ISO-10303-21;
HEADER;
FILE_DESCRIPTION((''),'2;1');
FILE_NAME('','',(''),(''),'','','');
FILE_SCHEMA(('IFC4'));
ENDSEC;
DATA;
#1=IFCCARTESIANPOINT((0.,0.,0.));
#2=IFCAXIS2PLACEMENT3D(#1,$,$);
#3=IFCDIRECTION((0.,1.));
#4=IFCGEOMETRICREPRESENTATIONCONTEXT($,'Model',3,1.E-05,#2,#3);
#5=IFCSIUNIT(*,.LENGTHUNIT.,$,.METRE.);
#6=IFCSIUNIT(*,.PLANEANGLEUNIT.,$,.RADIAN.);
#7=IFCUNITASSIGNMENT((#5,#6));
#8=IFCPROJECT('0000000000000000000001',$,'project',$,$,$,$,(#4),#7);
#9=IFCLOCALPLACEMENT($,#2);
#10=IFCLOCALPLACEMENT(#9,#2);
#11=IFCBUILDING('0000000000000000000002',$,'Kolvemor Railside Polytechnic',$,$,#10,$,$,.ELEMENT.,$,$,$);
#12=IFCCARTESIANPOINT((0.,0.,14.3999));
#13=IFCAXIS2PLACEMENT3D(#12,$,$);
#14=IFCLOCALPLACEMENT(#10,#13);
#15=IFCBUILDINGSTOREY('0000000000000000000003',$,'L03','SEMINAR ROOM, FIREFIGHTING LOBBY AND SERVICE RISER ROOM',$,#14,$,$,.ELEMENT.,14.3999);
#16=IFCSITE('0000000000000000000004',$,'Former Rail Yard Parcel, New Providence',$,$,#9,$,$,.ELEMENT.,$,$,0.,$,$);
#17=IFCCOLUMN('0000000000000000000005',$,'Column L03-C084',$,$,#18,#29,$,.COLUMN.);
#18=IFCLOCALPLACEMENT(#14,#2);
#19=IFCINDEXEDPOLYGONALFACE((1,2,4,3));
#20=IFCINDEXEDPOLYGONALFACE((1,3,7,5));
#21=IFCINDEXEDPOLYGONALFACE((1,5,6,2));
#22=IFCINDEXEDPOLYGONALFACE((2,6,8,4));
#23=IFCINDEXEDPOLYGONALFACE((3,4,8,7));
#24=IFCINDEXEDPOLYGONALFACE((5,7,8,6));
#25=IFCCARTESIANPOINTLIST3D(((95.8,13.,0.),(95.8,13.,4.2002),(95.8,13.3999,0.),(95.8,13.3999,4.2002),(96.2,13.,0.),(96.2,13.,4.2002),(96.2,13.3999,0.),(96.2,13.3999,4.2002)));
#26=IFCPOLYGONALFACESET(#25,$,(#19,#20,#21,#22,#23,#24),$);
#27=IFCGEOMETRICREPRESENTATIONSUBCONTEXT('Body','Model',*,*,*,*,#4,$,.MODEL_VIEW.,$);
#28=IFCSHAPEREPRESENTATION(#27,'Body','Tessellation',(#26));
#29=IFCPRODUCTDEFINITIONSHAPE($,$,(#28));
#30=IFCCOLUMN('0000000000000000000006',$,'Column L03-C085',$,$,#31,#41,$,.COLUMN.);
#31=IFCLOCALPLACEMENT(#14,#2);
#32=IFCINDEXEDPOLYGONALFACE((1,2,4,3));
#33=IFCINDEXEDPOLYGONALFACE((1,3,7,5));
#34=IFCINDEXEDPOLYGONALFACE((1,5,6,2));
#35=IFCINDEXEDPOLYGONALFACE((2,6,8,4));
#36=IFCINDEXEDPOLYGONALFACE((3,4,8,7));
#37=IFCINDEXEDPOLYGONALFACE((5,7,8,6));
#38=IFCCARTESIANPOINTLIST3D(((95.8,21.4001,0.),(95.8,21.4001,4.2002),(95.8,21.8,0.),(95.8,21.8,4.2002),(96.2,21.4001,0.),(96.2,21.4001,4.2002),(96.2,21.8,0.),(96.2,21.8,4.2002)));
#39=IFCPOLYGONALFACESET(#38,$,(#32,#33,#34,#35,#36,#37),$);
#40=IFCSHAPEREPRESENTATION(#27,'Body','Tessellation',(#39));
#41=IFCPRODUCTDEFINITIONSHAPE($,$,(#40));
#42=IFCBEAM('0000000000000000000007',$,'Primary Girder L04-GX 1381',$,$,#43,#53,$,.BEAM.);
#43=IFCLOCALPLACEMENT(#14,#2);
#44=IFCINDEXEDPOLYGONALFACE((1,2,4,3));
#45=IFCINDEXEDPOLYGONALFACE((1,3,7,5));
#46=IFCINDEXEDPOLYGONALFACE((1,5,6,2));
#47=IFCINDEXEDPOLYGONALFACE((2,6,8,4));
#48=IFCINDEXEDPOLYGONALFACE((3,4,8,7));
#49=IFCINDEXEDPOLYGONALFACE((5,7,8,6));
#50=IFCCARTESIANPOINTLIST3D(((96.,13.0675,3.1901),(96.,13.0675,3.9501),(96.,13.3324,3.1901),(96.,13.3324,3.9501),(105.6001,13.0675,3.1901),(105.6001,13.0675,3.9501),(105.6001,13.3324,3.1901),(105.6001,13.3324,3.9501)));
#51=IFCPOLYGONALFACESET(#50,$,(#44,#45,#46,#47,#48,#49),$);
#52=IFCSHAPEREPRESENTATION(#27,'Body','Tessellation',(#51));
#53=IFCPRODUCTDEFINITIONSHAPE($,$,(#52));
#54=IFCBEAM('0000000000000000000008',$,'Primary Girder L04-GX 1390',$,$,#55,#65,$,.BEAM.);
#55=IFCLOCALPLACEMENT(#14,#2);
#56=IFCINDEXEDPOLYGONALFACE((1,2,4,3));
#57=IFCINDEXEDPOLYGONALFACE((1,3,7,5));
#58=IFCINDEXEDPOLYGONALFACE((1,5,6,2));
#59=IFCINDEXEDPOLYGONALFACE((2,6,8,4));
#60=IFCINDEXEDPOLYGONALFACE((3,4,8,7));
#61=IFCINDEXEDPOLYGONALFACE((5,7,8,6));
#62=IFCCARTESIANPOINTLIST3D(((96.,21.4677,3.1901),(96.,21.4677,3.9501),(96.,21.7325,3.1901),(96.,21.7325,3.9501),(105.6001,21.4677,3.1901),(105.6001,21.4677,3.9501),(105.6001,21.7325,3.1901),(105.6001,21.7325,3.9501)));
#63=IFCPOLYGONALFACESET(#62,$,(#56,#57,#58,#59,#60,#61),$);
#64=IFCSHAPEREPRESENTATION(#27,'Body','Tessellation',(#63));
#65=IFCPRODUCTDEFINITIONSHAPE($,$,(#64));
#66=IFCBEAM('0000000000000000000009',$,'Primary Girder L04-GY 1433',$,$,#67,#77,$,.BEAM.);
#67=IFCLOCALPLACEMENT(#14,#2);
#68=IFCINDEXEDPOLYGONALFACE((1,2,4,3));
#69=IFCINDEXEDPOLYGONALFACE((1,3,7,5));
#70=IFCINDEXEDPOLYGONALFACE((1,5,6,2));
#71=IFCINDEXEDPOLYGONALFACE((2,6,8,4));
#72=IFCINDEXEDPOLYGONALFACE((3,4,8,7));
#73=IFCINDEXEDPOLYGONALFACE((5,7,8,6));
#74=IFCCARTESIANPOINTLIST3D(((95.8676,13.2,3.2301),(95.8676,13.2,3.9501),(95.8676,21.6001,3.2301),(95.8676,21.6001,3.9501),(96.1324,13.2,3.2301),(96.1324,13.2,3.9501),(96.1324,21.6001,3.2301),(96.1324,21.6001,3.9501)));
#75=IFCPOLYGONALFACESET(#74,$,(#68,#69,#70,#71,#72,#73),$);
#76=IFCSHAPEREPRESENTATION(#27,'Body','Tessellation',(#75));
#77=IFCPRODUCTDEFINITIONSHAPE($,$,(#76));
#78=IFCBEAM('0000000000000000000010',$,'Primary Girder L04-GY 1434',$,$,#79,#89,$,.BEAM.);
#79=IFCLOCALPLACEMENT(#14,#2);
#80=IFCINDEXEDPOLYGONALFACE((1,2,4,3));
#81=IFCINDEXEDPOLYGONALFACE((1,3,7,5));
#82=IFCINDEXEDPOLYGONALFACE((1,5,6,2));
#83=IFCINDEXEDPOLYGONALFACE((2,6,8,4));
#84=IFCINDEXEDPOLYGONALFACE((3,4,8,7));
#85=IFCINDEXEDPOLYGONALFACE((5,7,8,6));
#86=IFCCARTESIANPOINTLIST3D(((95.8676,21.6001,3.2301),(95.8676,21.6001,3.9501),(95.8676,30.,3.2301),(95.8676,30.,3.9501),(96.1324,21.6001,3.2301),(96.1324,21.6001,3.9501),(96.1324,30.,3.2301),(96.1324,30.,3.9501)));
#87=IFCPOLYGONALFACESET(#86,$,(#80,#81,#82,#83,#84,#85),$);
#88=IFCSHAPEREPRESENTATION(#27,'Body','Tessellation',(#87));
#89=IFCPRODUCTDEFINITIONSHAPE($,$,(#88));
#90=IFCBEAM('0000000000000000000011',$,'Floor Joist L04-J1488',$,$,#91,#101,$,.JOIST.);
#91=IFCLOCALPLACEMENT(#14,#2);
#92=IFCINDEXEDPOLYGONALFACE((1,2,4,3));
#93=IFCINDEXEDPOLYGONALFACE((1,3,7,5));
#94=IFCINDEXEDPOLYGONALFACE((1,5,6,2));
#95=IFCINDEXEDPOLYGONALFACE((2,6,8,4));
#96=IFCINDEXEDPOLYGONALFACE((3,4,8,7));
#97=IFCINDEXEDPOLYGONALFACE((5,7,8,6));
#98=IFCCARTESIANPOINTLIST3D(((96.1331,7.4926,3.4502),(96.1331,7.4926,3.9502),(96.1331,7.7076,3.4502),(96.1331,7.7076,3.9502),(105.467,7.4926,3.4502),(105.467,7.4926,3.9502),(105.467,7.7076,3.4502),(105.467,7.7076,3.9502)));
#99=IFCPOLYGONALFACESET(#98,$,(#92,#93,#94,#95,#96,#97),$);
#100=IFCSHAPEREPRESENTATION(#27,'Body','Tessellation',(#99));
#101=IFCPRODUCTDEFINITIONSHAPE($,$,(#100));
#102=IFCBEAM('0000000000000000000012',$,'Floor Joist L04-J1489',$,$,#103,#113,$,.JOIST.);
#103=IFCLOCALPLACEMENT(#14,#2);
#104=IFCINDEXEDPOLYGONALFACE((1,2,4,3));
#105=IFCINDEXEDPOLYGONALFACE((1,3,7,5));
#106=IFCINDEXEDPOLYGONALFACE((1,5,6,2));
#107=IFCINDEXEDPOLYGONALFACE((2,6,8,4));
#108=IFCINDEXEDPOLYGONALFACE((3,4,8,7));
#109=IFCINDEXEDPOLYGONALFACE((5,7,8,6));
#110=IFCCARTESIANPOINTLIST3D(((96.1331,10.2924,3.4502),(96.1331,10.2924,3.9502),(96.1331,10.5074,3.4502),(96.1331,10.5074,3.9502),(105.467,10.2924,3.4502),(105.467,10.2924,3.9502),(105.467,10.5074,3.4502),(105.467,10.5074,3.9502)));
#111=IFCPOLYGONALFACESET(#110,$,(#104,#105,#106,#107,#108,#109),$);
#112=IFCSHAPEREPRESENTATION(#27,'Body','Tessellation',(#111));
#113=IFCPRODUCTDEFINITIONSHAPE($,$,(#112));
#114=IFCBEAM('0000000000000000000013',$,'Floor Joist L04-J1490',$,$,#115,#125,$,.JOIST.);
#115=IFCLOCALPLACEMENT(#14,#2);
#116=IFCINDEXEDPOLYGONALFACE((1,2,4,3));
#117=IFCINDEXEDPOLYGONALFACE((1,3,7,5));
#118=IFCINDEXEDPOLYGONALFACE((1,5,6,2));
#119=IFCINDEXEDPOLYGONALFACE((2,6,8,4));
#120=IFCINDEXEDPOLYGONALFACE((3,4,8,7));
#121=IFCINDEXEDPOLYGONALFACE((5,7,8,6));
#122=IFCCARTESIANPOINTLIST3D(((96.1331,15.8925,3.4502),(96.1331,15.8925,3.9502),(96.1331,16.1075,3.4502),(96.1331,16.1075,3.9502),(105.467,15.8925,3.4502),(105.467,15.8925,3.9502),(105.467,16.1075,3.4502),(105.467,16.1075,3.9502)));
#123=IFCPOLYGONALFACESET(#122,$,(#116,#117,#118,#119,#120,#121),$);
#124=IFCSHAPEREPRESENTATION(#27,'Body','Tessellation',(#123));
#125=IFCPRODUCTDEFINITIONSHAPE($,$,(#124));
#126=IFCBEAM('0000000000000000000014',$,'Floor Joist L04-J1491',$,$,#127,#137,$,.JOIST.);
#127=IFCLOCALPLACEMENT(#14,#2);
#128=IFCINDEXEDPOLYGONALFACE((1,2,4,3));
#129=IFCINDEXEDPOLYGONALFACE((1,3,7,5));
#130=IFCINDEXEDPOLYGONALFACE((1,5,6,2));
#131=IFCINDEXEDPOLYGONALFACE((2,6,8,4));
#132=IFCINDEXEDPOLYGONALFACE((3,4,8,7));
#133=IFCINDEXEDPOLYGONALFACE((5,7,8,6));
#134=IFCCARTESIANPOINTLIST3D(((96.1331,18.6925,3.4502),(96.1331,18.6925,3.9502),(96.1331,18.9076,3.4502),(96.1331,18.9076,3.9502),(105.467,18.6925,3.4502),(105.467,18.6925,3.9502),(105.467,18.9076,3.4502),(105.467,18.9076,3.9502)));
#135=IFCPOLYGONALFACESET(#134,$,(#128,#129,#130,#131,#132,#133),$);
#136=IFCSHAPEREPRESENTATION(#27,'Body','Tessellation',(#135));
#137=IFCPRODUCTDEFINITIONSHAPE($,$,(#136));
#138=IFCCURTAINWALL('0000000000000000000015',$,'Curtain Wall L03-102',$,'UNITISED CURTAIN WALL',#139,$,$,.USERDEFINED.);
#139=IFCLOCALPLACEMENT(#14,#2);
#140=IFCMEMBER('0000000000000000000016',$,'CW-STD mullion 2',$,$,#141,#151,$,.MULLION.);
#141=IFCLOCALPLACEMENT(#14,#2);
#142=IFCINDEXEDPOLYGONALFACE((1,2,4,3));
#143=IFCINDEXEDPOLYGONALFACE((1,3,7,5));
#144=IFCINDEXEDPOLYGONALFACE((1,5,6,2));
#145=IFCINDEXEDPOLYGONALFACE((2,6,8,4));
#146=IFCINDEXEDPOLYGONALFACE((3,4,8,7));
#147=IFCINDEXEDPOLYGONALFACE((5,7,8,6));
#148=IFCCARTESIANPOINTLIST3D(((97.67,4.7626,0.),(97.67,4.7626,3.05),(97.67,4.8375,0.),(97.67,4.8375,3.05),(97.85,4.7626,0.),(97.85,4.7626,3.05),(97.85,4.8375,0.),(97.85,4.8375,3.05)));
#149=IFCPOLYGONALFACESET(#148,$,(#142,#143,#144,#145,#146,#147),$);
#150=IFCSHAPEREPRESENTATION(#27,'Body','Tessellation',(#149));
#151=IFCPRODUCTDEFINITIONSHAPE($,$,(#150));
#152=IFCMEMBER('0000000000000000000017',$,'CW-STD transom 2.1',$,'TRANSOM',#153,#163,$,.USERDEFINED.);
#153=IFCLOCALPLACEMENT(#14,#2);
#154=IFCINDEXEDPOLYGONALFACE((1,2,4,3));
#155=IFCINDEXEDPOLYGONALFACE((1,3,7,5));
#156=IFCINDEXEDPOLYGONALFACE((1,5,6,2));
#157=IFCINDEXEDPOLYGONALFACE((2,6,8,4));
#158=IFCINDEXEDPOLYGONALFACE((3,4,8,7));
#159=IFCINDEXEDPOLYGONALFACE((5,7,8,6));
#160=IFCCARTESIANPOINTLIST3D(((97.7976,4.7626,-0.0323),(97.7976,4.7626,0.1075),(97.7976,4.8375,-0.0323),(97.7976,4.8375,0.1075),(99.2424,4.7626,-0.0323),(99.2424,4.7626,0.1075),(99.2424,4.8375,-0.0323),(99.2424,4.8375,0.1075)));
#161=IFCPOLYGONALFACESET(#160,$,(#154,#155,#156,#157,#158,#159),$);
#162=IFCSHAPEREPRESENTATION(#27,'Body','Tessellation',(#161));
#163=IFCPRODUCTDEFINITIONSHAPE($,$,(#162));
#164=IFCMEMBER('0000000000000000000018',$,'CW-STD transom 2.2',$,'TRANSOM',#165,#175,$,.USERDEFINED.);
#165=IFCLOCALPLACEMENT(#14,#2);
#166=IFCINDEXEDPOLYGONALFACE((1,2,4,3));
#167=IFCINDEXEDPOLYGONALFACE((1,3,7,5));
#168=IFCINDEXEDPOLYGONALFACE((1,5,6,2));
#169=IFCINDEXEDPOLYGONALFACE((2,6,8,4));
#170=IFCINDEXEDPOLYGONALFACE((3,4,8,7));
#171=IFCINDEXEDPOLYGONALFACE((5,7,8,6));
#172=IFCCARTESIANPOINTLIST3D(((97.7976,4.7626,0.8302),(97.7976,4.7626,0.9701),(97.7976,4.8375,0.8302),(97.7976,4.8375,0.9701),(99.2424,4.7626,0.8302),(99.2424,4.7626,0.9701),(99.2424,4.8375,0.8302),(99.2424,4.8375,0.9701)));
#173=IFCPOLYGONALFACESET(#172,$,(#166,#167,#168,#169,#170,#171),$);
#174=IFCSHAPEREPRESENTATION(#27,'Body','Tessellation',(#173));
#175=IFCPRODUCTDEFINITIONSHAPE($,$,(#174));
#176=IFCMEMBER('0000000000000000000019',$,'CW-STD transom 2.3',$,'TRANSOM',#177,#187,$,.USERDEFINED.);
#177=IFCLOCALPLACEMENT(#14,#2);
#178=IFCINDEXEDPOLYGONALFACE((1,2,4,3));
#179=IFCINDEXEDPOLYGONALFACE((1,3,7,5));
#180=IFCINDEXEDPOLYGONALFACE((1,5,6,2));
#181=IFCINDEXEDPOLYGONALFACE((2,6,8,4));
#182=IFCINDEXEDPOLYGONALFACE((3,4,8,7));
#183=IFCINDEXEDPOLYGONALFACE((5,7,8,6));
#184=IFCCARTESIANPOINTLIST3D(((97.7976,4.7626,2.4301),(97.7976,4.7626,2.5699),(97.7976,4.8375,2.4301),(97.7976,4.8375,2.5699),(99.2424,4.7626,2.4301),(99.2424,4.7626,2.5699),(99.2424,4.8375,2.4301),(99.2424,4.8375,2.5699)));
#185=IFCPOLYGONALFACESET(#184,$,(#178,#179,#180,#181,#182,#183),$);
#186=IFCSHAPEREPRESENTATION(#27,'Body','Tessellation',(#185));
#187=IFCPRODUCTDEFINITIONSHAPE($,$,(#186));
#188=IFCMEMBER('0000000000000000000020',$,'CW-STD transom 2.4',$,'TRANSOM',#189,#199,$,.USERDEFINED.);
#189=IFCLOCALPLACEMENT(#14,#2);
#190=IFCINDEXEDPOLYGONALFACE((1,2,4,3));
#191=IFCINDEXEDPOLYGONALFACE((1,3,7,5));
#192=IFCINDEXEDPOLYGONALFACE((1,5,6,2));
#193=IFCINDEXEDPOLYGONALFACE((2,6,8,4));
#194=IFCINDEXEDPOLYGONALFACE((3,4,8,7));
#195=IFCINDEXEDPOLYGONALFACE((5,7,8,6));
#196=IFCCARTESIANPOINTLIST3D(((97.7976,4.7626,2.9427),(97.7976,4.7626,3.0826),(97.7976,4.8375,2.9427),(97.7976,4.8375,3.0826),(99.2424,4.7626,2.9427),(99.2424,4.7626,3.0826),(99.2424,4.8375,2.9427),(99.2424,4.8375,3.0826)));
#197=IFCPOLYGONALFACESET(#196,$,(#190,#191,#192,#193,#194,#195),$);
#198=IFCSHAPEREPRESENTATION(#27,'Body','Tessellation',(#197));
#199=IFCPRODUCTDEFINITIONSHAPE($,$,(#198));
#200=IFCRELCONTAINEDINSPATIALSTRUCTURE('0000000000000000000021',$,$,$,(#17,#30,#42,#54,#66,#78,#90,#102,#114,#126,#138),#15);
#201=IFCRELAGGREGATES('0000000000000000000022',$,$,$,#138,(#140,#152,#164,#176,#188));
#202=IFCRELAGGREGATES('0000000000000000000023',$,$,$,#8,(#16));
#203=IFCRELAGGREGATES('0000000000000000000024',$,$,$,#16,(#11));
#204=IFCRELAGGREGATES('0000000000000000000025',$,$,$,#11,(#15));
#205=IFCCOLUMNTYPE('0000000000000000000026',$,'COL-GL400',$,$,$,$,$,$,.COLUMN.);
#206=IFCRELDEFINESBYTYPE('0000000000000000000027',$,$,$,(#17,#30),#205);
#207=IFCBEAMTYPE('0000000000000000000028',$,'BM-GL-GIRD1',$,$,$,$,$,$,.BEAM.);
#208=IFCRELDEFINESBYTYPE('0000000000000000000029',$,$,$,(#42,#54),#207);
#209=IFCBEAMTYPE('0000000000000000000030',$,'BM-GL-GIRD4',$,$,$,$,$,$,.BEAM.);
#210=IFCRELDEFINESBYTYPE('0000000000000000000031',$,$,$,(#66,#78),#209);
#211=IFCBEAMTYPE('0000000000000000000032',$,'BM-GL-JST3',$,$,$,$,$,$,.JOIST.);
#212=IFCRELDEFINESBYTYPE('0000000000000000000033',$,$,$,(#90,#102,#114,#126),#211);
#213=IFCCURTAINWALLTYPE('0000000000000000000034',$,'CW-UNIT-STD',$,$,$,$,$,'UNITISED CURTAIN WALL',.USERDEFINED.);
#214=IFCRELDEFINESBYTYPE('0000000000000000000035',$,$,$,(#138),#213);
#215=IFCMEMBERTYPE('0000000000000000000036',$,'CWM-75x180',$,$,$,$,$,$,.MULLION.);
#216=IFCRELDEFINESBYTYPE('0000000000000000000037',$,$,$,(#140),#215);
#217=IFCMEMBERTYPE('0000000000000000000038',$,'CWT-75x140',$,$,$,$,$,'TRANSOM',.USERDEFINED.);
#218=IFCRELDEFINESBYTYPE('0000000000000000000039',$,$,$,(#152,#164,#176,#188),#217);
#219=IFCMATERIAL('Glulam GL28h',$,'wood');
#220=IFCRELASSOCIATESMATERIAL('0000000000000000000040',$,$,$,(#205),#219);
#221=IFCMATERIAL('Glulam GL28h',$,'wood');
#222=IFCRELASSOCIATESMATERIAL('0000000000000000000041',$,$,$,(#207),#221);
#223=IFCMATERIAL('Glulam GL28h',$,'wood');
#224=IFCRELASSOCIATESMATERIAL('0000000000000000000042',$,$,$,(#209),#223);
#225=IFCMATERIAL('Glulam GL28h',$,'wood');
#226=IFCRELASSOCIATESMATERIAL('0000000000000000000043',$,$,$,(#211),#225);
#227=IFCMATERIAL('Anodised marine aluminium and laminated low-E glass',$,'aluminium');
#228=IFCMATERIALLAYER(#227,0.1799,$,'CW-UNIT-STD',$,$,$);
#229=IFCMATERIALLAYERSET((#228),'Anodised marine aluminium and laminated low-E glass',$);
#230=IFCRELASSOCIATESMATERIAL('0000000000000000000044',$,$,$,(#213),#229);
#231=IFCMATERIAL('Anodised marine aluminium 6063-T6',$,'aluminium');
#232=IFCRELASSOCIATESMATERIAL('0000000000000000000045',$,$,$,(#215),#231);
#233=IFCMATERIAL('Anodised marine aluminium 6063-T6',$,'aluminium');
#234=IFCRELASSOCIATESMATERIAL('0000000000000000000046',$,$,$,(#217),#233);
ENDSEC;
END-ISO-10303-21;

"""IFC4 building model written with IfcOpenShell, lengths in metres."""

from ifc_helpers import new_model, si_unit, direction, frame, origin, origin_2d, place, context, subcontext, project, spatial, rectangle, extrude, material, layer, layer_set, material_profile, profile_set, type_object, element, aggregate, save


model = new_model("IFC4")

# Units and contexts
model_context = context("Model", 3, precision=1e-05, world=origin(), true_north=direction((0.0, 1.0)))
body_context = subcontext(model_context, "Body", "Model", "MODEL_VIEW")
ifc_project = project(units=[si_unit("LENGTHUNIT", "METRE"), si_unit("PLANEANGLEUNIT", "RADIAN")], contexts=[model_context])

# Site, building, storey
site_placement = place(None, origin())
site = spatial("IfcSite", under=ifc_project, at=site_placement, Name="Former Rail Yard Parcel, New Providence", CompositionType="ELEMENT", RefElevation=0.0)
building_placement = place(site_placement, origin())
building = spatial("IfcBuilding", under=site, at=building_placement, Name="Kolvemor Railside Polytechnic", CompositionType="ELEMENT")
storey_placement = place(building_placement, frame((0.0, 0.0, 14.3999)))
storey = spatial("IfcBuildingStorey", under=building, at=storey_placement, Name="L03", Description="SEMINAR ROOM, FIREFIGHTING LOBBY AND SERVICE RISER ROOM", CompositionType="ELEMENT", Elevation=14.3999)

# Columns
ifc_material_1 = material(Name="Glulam GL28h", Category="wood")
ifc_material_profile_1 = material_profile(ifc_material_1, rectangle(XDim=0.3999, YDim=0.3999, at=origin_2d()), Name="GL400x400")
ifc_profile_set_1 = profile_set([ifc_material_profile_1], Name="Glulam GL28h")
column_type = type_object("IfcColumnType", Name="COL-GL400", PredefinedType="COLUMN", material=ifc_profile_set_1)
for number, where, z_axis, x_axis, name in (
    (1, (96.0, 13.2, 0.0), (0.0, 0.0, 1.0), (1.0, 0.0, 0.0), "Column L03-C084"),
    (2, (96.0, 21.6001, 0.0), (0.0, 0.0, 1.0), (1.0, 0.0, 0.0), "Column L03-C085"),
):
    element("IfcColumn", number, at=place(storey_placement, frame(where, z_axis=z_axis, x_axis=x_axis)), inside=storey, type_object=column_type, Name=name, PredefinedType="COLUMN", context=body_context, shape_type="SweptSolid", body=[
        extrude(rectangle(XDim=0.3999, YDim=0.3999, at=origin_2d()), origin(), (0.0, 0.0, 1.0), 4.2002),
    ])

# Beams
ifc_material_2 = material(Name="Glulam GL28h", Category="wood")
ifc_material_profile_2 = material_profile(ifc_material_2, rectangle(XDim=0.2649, YDim=0.76, at=origin_2d()), Name="GL265x760")
ifc_profile_set_2 = profile_set([ifc_material_profile_2], Name="Glulam GL28h")
beam_type_1 = type_object("IfcBeamType", Name="BM-GL-GIRD1", PredefinedType="BEAM", material=ifc_profile_set_2)
for number, where, z_axis, x_axis, name in (
    (3, (96.0, 13.2, 3.5701), (1.0, 0.0, 0.0), (0.0, 1.0, 0.0), "Primary Girder L04-GX 1381"),
    (4, (96.0, 21.6001, 3.5701), (1.0, 0.0, 0.0), (0.0, 1.0, 0.0), "Primary Girder L04-GX 1390"),
):
    element("IfcBeam", number, at=place(storey_placement, frame(where, z_axis=z_axis, x_axis=x_axis)), inside=storey, type_object=beam_type_1, Name=name, PredefinedType="BEAM", context=body_context, shape_type="SweptSolid", body=[
        extrude(rectangle(XDim=0.2649, YDim=0.76, at=origin_2d()), origin(), (0.0, 0.0, 1.0), 9.6001),
    ])
ifc_material_3 = material(Name="Glulam GL28h", Category="wood")
ifc_material_profile_3 = material_profile(ifc_material_3, rectangle(XDim=0.2649, YDim=0.72, at=origin_2d()), Name="GL265x720")
ifc_profile_set_3 = profile_set([ifc_material_profile_3], Name="Glulam GL28h")
beam_type_2 = type_object("IfcBeamType", Name="BM-GL-GIRD4", PredefinedType="BEAM", material=ifc_profile_set_3)
beam_1_placement = place(storey_placement, frame((96.0, 13.2, 3.5901), z_axis=(0.0, 1.0, 0.0), x_axis=(-1.0, 0.0, 0.0)))
element("IfcBeam", 5, at=beam_1_placement, inside=storey, type_object=beam_type_2, Name="Primary Girder L04-GY 1433", PredefinedType="BEAM", context=body_context, shape_type="SweptSolid", body=[
    extrude(rectangle(XDim=0.2649, YDim=0.72, at=origin_2d()), origin(), (0.0, 0.0, 1.0), 8.4001),
])
beam_2_placement = place(storey_placement, frame((96.0, 21.6001, 3.5901), z_axis=(0.0, 1.0, 0.0), x_axis=(-1.0, 0.0, 0.0)))
element("IfcBeam", 6, at=beam_2_placement, inside=storey, type_object=beam_type_2, Name="Primary Girder L04-GY 1434", PredefinedType="BEAM", context=body_context, shape_type="SweptSolid", body=[
    extrude(rectangle(XDim=0.2649, YDim=0.72, at=origin_2d()), origin(), (0.0, 0.0, 1.0), 8.3999),
])
ifc_material_4 = material(Name="Glulam GL28h", Category="wood")
ifc_material_profile_4 = material_profile(ifc_material_4, rectangle(XDim=0.2151, YDim=0.5, at=origin_2d()), Name="GL215x500")
ifc_profile_set_4 = profile_set([ifc_material_profile_4], Name="Glulam GL28h")
beam_type_3 = type_object("IfcBeamType", Name="BM-GL-JST3", PredefinedType="JOIST", material=ifc_profile_set_4)
for number, where, z_axis, x_axis, name in (
    (7, (96.1331, 7.6001, 3.7002), (1.0, 0.0, 0.0), (0.0, 1.0, 0.0), "Floor Joist L04-J1488"),
    (8, (96.1331, 10.3999, 3.7002), (1.0, 0.0, 0.0), (0.0, 1.0, 0.0), "Floor Joist L04-J1489"),
    (9, (96.1331, 16.0, 3.7002), (1.0, 0.0, 0.0), (0.0, 1.0, 0.0), "Floor Joist L04-J1490"),
    (10, (96.1331, 18.8, 3.7002), (1.0, 0.0, 0.0), (0.0, 1.0, 0.0), "Floor Joist L04-J1491"),
):
    element("IfcBeam", number, at=place(storey_placement, frame(where, z_axis=z_axis, x_axis=x_axis)), inside=storey, type_object=beam_type_3, Name=name, PredefinedType="JOIST", context=body_context, shape_type="SweptSolid", body=[
        extrude(rectangle(XDim=0.2151, YDim=0.5, at=origin_2d()), origin(), (0.0, 0.0, 1.0), 9.334),
    ])

# Curtain wall, members
ifc_material_5 = material(Name="Anodised marine aluminium and laminated low-E glass", Category="aluminium")
ifc_layer_1 = layer(ifc_material_5, 0.1799, Name="CW-UNIT-STD")
ifc_layer_set_1 = layer_set([ifc_layer_1], Name="Anodised marine aluminium and laminated low-E glass")
curtain_wall_type = type_object("IfcCurtainWallType", Name="CW-UNIT-STD", ElementType="UNITISED CURTAIN WALL", PredefinedType="USERDEFINED", material=ifc_layer_set_1)
curtain_wall_placement = place(storey_placement, origin())
curtain_wall = element("IfcCurtainWall", 11, at=curtain_wall_placement, inside=storey, type_object=curtain_wall_type, Name="Curtain Wall L03-102", ObjectType="UNITISED CURTAIN WALL", PredefinedType="USERDEFINED")
ifc_material_6 = material(Name="Anodised marine aluminium 6063-T6", Category="aluminium")
ifc_material_profile_5 = material_profile(ifc_material_6, rectangle(XDim=0.075, YDim=0.1799, at=origin_2d()), Name="CW-MUL-75x180")
ifc_profile_set_5 = profile_set([ifc_material_profile_5], Name="Anodised marine aluminium 6063-T6")
member_type_1 = type_object("IfcMemberType", Name="CWM-75x180", PredefinedType="MULLION", material=ifc_profile_set_5)
member_1_placement = place(storey_placement, frame((97.76, 4.8, 0.0), z_axis=(0.0, 0.0, 1.0), x_axis=(0.0, 1.0, 0.0)))
member_1 = element("IfcMember", 12, at=member_1_placement, type_object=member_type_1, Name="CW-STD mullion 2", PredefinedType="MULLION", context=body_context, shape_type="SweptSolid", body=[
    extrude(rectangle(XDim=0.075, YDim=0.1799, at=origin_2d()), origin(), (0.0, 0.0, 1.0), 3.05),
])
ifc_material_7 = material(Name="Anodised marine aluminium 6063-T6", Category="aluminium")
ifc_material_profile_6 = material_profile(ifc_material_7, rectangle(XDim=0.075, YDim=0.1399, at=origin_2d()), Name="CW-TRN-75x140")
ifc_profile_set_6 = profile_set([ifc_material_profile_6], Name="Anodised marine aluminium 6063-T6")
member_type_2 = type_object("IfcMemberType", Name="CWT-75x140", ElementType="TRANSOM", PredefinedType="USERDEFINED", material=ifc_profile_set_6)
member_2_placement = place(storey_placement, frame((97.7976, 4.8, 0.0376), z_axis=(1.0, 0.0, 0.0), x_axis=(0.0, 1.0, 0.0)))
member_2 = element("IfcMember", 13, at=member_2_placement, type_object=member_type_2, Name="CW-STD transom 2.1", ObjectType="TRANSOM", PredefinedType="USERDEFINED", context=body_context, shape_type="SweptSolid", body=[
    extrude(rectangle(XDim=0.075, YDim=0.1399, at=origin_2d()), origin(), (0.0, 0.0, 1.0), 1.4448),
])
member_3_placement = place(storey_placement, frame((97.7976, 4.8, 0.9001), z_axis=(1.0, 0.0, 0.0), x_axis=(0.0, 1.0, 0.0)))
member_3 = element("IfcMember", 14, at=member_3_placement, type_object=member_type_2, Name="CW-STD transom 2.2", ObjectType="TRANSOM", PredefinedType="USERDEFINED", context=body_context, shape_type="SweptSolid", body=[
    extrude(rectangle(XDim=0.075, YDim=0.1399, at=origin_2d()), origin(), (0.0, 0.0, 1.0), 1.4448),
])
member_4_placement = place(storey_placement, frame((97.7976, 4.8, 2.5), z_axis=(1.0, 0.0, 0.0), x_axis=(0.0, 1.0, 0.0)))
member_4 = element("IfcMember", 15, at=member_4_placement, type_object=member_type_2, Name="CW-STD transom 2.3", ObjectType="TRANSOM", PredefinedType="USERDEFINED", context=body_context, shape_type="SweptSolid", body=[
    extrude(rectangle(XDim=0.075, YDim=0.1399, at=origin_2d()), origin(), (0.0, 0.0, 1.0), 1.4448),
])
member_5_placement = place(storey_placement, frame((97.7976, 4.8, 3.0127), z_axis=(1.0, 0.0, 0.0), x_axis=(0.0, 1.0, 0.0)))
member_5 = element("IfcMember", 16, at=member_5_placement, type_object=member_type_2, Name="CW-STD transom 2.4", ObjectType="TRANSOM", PredefinedType="USERDEFINED", context=body_context, shape_type="SweptSolid", body=[
    extrude(rectangle(XDim=0.075, YDim=0.1399, at=origin_2d()), origin(), (0.0, 0.0, 1.0), 1.4448),
])
aggregate(curtain_wall, [member_1, member_2, member_3, member_4, member_5])

save(model, "model.ifc")
